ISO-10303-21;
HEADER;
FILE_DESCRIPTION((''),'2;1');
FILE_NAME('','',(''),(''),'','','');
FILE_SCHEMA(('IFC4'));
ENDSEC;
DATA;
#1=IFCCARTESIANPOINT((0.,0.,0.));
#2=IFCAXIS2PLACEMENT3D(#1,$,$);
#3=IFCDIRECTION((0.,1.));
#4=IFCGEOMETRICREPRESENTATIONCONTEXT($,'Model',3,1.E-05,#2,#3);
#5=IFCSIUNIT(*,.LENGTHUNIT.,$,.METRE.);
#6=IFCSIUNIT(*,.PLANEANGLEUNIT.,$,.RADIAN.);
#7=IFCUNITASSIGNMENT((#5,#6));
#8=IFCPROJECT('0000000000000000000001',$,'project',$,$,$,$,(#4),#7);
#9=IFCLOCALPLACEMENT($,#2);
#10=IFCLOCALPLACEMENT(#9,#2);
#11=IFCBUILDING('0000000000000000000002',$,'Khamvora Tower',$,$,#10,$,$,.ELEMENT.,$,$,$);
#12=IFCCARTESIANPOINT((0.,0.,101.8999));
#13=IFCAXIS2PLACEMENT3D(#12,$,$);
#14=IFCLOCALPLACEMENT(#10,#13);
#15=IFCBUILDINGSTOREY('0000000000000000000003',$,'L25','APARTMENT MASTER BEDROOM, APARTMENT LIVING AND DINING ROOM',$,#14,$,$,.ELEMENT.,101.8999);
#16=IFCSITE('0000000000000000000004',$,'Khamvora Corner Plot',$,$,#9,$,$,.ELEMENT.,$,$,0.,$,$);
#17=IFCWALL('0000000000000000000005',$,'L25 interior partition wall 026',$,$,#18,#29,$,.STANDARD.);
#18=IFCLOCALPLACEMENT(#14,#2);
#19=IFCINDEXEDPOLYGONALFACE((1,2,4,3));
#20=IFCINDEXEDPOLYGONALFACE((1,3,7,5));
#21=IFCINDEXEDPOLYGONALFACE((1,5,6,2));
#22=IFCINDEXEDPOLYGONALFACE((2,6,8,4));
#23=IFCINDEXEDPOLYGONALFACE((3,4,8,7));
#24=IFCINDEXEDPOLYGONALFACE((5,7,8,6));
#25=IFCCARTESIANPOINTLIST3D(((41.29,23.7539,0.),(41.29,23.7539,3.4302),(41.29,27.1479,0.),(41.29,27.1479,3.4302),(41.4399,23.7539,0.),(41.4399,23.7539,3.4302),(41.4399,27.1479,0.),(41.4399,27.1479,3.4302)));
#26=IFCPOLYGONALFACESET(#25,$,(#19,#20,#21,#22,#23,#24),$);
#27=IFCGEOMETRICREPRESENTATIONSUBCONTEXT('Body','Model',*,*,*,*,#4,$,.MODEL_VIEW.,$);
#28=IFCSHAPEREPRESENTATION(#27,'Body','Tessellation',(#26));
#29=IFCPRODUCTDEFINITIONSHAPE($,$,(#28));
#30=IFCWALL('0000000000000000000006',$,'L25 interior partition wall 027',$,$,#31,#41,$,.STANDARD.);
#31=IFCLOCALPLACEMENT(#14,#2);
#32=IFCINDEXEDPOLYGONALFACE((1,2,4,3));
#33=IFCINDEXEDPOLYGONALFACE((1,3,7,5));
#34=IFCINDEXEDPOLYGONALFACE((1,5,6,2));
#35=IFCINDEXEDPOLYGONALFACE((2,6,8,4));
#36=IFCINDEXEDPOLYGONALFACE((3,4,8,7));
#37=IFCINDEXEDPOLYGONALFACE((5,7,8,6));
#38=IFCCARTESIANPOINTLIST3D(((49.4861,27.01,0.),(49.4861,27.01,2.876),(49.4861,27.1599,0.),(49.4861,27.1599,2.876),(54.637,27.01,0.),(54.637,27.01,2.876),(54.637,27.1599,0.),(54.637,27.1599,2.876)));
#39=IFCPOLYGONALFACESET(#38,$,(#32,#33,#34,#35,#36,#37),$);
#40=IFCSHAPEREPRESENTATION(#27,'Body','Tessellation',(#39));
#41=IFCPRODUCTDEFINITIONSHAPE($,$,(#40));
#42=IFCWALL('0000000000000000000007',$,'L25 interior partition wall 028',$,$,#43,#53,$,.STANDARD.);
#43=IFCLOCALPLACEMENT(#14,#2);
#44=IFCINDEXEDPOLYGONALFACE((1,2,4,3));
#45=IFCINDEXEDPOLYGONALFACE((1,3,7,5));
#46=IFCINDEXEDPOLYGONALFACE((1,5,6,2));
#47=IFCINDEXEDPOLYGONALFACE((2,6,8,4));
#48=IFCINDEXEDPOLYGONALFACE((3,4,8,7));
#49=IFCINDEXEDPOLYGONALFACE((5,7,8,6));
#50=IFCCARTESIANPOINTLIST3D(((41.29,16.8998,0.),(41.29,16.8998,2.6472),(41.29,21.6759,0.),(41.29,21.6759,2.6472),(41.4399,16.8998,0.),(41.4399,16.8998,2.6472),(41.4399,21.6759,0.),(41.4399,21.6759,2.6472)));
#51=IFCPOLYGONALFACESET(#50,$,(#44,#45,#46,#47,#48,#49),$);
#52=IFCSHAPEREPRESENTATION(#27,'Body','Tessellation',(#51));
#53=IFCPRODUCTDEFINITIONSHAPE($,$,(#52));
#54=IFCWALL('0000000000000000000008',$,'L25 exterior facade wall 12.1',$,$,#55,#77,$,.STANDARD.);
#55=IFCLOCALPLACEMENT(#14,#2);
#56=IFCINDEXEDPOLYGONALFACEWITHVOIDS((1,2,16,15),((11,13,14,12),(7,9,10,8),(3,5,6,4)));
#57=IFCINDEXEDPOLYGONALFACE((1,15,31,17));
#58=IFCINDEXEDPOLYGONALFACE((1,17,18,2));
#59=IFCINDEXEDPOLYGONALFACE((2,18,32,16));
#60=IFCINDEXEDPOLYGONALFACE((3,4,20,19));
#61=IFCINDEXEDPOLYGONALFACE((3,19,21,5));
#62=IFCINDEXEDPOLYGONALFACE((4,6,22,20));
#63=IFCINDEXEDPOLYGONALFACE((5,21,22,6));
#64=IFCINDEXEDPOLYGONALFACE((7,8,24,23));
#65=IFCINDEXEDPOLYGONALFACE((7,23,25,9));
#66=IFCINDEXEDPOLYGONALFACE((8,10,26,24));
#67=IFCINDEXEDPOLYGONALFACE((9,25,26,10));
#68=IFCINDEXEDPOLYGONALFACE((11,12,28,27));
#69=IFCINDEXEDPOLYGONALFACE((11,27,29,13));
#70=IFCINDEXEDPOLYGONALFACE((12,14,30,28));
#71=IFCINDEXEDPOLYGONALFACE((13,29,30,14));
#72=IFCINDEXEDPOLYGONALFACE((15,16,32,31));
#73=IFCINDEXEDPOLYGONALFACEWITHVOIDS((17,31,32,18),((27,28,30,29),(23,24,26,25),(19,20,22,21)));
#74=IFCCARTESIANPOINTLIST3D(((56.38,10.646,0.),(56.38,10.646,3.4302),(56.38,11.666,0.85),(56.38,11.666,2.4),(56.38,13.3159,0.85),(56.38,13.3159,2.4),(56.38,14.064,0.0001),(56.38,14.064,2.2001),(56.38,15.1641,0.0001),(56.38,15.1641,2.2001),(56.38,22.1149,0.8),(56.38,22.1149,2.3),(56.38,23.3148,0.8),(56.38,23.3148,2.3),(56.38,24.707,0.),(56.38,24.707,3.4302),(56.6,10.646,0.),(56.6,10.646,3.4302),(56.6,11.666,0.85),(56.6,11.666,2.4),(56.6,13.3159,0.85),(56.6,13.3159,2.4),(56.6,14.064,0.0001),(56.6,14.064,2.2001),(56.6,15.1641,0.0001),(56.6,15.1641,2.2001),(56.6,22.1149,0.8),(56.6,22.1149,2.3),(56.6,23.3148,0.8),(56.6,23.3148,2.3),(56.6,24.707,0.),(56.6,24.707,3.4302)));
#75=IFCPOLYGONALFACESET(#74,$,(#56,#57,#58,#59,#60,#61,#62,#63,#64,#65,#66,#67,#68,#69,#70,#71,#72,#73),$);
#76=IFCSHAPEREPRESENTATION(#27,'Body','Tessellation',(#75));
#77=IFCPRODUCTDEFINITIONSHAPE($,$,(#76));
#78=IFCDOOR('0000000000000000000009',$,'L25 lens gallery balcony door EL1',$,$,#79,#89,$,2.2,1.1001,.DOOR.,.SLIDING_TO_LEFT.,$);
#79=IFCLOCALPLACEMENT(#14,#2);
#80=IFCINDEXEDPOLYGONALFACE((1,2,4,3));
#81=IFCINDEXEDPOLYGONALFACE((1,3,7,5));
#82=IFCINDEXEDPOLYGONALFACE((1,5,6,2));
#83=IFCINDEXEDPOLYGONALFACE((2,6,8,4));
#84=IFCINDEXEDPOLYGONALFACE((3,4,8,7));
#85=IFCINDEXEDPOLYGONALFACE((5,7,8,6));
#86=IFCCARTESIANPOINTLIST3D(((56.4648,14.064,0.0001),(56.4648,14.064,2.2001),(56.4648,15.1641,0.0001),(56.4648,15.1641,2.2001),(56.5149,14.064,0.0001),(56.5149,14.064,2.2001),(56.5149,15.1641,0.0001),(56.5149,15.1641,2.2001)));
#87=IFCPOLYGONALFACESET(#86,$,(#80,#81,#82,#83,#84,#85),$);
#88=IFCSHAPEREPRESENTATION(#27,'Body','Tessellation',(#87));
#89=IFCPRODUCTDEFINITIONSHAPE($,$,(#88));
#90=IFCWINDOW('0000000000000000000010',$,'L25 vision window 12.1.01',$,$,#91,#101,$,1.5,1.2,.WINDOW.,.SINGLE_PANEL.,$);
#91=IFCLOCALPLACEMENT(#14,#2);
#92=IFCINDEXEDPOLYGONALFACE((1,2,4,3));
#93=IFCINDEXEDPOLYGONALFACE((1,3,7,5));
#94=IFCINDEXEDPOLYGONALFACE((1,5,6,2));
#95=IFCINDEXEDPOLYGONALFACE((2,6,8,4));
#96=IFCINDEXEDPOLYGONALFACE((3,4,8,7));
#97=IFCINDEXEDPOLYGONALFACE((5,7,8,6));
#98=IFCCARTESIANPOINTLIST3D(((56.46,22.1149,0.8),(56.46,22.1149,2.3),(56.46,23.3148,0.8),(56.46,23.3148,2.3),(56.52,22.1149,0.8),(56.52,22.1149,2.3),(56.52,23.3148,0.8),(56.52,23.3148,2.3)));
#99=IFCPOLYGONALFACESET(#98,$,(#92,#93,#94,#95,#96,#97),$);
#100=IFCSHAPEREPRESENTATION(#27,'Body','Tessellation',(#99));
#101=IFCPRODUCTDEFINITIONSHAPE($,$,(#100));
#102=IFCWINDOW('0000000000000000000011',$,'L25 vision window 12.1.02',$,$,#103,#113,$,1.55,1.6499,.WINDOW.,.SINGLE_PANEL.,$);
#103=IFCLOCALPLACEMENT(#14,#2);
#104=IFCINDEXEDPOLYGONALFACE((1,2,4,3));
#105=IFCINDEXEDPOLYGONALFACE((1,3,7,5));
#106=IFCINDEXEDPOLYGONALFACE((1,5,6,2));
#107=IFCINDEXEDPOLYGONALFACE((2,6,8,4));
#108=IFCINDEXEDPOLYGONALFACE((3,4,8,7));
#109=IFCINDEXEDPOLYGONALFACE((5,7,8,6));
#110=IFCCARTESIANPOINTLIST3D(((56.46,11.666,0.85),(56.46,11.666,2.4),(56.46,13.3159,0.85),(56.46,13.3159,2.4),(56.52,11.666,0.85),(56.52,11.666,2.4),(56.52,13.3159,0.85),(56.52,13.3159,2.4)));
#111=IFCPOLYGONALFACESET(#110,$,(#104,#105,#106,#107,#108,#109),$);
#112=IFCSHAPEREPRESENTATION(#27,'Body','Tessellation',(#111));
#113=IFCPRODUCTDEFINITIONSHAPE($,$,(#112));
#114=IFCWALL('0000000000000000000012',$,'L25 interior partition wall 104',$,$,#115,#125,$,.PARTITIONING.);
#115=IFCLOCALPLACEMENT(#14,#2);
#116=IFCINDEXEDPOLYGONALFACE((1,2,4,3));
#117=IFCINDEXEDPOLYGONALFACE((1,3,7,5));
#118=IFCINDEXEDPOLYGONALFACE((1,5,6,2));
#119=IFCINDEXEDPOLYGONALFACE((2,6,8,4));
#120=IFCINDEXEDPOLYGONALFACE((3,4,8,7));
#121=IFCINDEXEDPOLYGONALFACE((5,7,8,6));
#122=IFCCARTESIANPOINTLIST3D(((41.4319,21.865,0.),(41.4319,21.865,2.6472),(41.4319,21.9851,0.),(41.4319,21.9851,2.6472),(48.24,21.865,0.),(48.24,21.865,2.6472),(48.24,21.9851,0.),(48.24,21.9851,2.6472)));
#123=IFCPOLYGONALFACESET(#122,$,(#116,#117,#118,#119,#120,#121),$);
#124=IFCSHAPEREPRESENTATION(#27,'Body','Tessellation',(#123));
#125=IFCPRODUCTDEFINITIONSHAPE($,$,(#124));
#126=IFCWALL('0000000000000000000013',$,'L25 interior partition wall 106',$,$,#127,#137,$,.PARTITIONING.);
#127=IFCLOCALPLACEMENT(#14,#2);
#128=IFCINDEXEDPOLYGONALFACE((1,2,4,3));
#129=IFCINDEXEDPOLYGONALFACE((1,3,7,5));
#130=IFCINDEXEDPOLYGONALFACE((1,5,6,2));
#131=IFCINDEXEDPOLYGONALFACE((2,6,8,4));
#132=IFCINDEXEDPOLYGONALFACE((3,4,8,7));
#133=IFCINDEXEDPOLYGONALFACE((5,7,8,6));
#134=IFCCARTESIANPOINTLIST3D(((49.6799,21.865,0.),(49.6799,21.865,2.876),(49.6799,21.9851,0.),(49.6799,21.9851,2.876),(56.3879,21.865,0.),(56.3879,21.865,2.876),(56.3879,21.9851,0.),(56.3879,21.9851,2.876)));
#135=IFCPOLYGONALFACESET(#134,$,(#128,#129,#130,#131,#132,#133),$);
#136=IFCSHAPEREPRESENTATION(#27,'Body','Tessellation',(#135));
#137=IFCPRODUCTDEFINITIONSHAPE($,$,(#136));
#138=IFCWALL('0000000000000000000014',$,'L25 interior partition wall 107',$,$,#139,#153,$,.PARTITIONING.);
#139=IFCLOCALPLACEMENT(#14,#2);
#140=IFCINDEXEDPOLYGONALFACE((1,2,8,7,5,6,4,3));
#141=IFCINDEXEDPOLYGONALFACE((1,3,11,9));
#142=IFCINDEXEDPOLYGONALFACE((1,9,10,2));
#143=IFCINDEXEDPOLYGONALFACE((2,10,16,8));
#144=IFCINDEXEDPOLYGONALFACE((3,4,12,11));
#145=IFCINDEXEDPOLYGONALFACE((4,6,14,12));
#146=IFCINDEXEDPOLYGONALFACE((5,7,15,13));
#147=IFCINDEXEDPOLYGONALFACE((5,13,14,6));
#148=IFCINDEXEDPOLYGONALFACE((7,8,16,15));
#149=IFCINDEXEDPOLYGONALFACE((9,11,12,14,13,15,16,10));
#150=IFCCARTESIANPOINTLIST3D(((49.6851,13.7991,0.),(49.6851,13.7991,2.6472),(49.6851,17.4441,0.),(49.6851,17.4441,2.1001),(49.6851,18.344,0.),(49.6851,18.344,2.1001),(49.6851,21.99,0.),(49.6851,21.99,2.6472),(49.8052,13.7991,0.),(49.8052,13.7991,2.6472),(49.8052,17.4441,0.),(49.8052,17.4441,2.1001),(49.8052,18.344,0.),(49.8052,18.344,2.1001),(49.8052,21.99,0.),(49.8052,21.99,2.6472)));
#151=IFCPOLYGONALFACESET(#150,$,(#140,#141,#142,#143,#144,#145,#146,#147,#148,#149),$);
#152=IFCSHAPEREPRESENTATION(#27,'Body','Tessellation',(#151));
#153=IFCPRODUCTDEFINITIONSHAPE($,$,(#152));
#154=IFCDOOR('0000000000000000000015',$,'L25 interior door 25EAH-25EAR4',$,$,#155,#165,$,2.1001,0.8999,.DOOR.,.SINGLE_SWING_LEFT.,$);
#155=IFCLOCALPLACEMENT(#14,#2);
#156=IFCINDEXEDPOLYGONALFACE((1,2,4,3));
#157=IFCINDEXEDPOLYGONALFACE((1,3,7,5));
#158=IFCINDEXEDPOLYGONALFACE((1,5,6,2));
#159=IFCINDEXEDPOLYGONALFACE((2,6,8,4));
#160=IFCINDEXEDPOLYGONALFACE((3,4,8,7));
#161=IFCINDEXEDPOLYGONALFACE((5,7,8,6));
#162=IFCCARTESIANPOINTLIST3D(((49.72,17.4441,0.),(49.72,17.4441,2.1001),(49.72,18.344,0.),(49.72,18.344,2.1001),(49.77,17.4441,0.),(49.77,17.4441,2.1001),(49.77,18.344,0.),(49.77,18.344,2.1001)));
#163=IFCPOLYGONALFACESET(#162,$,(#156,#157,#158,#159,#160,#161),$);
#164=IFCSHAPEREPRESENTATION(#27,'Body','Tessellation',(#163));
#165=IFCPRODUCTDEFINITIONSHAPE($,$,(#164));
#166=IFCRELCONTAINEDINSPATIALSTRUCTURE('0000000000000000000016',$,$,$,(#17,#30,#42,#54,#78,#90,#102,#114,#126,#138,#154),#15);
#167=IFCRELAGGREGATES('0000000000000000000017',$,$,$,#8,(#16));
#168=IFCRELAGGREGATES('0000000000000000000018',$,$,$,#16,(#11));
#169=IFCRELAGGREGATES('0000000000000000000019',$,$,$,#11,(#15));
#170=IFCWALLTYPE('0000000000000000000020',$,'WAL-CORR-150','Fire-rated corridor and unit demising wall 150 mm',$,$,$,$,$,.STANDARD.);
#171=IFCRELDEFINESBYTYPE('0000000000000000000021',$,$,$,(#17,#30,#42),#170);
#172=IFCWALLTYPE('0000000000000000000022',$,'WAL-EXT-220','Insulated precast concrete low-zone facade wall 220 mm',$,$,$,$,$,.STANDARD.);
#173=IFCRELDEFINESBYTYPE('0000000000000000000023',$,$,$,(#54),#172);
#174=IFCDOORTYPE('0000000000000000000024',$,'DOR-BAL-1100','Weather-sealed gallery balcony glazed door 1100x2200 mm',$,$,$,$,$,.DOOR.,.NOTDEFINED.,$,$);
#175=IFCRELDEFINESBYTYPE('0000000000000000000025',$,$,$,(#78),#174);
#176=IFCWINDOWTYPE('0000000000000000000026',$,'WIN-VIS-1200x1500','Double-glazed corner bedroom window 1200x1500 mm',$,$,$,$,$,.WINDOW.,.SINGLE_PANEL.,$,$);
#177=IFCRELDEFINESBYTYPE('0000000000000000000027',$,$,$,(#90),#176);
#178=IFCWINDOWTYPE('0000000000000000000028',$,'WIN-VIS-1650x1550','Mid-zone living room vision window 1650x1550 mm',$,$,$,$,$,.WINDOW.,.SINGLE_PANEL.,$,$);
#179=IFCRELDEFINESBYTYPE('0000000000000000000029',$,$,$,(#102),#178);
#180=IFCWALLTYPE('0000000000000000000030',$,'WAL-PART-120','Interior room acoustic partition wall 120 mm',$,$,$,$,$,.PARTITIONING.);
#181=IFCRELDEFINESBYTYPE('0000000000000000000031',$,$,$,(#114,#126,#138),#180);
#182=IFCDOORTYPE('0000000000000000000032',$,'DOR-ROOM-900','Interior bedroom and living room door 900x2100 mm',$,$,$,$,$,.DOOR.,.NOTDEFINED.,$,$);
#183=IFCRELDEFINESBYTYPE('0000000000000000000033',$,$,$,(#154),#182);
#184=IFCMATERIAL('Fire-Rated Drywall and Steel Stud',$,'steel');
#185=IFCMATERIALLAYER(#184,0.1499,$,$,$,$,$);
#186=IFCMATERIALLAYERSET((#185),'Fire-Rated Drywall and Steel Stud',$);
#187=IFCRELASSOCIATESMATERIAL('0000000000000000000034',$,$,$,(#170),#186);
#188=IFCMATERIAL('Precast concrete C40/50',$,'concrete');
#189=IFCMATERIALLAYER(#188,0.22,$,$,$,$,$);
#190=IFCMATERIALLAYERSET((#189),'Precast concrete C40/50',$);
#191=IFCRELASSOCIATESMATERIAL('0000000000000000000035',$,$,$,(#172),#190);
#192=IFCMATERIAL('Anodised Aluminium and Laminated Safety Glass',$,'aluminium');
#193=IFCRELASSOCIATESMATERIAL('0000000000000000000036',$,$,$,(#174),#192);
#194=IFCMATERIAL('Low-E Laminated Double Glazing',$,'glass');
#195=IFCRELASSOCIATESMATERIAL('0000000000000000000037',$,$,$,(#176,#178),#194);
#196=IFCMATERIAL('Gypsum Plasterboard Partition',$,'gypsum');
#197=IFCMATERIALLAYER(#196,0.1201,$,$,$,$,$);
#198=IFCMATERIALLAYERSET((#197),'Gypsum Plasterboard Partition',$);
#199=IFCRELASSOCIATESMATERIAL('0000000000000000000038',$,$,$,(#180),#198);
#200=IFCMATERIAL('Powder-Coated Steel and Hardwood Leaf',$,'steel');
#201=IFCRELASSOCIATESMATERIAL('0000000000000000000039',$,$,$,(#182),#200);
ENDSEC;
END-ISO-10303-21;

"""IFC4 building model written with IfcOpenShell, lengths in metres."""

from ifc_helpers import new_model, si_unit, direction, frame, frame_2d, origin, place, context, subcontext, project, spatial, rectangle, extrude, material, layer, layer_set, type_object, element, fill, save


model = new_model("IFC4")

# Units and contexts
model_context = context("Model", 3, precision=1e-05, world=origin(), true_north=direction((0.0, 1.0)))
body_context = subcontext(model_context, "Body", "Model", "MODEL_VIEW")
ifc_project = project(units=[si_unit("LENGTHUNIT", "METRE"), si_unit("PLANEANGLEUNIT", "RADIAN")], contexts=[model_context])

# Site, building, storey
site_placement = place(None, origin())
site = spatial("IfcSite", under=ifc_project, at=site_placement, Name="Khamvora Corner Plot", CompositionType="ELEMENT", RefElevation=0.0)
building_placement = place(site_placement, origin())
building = spatial("IfcBuilding", under=site, at=building_placement, Name="Khamvora Tower", CompositionType="ELEMENT")
storey_placement = place(building_placement, frame((0.0, 0.0, 101.8999)))
storey = spatial("IfcBuildingStorey", under=building, at=storey_placement, Name="L25", Description="APARTMENT MASTER BEDROOM, APARTMENT LIVING AND DINING ROOM", CompositionType="ELEMENT", Elevation=101.8999)

# Shared definitions
ifc_material_1 = material(Name="Fire-Rated Drywall and Steel Stud", Category="steel")
ifc_layer_1 = layer(ifc_material_1, 0.1499)
ifc_layer_set_1 = layer_set([ifc_layer_1], Name="Fire-Rated Drywall and Steel Stud")
wall_type_1 = type_object("IfcWallType", Name="WAL-CORR-150", Description="Fire-rated corridor and unit demising wall 150 mm", PredefinedType="STANDARD", material=ifc_layer_set_1)
ifc_material_2 = material(Name="Powder-Coated Steel and Hardwood Leaf", Category="steel")

# Walls
wall_1_placement = place(storey_placement, frame((41.365, 27.1479, 0.0), z_axis=(0.0, 0.0, 1.0), x_axis=(0.0, -1.0, 0.0)))
element("IfcWall", 1, at=wall_1_placement, inside=storey, type_object=wall_type_1, Name="L25 interior partition wall 026", PredefinedType="STANDARD", context=body_context, shape_type="SweptSolid", body=[
    extrude(rectangle(XDim=3.394, YDim=0.1499, at=frame_2d((1.697, 0.0))), origin(), (0.0, 0.0, 1.0), 3.4302),
])
wall_2_placement = place(storey_placement, frame((54.637, 27.085, 0.0), z_axis=(0.0, 0.0, 1.0), x_axis=(-1.0, 0.0, 0.0)))
element("IfcWall", 2, at=wall_2_placement, inside=storey, type_object=wall_type_1, Name="L25 interior partition wall 027", PredefinedType="STANDARD", context=body_context, shape_type="SweptSolid", body=[
    extrude(rectangle(XDim=5.1509, YDim=0.1499, at=frame_2d((2.5754, 0.0))), origin(), (0.0, 0.0, 1.0), 2.876),
])
wall_3_placement = place(storey_placement, frame((41.365, 21.676, 0.0), z_axis=(0.0, 0.0, 1.0), x_axis=(0.0, -1.0, 0.0)))
element("IfcWall", 3, at=wall_3_placement, inside=storey, type_object=wall_type_1, Name="L25 interior partition wall 028", PredefinedType="STANDARD", context=body_context, shape_type="SweptSolid", body=[
    extrude(rectangle(XDim=4.7761, YDim=0.1499, at=frame_2d((2.3882, 0.0))), origin(), (0.0, 0.0, 1.0), 2.6472),
])

# Wall, openings, door, windows
ifc_material_3 = material(Name="Precast concrete C40/50", Category="concrete")
ifc_layer_2 = layer(ifc_material_3, 0.22)
ifc_layer_set_2 = layer_set([ifc_layer_2], Name="Precast concrete C40/50")
wall_type_2 = type_object("IfcWallType", Name="WAL-EXT-220", Description="Insulated precast concrete low-zone facade wall 220 mm", PredefinedType="STANDARD", material=ifc_layer_set_2)
wall_4_placement = place(storey_placement, frame((56.49, 24.707, 0.0), z_axis=(0.0, 0.0, 1.0), x_axis=(0.0, -1.0, 0.0)))
wall_4 = element("IfcWall", 4, at=wall_4_placement, inside=storey, type_object=wall_type_2, Name="L25 exterior facade wall 12.1", PredefinedType="STANDARD", context=body_context, shape_type="SweptSolid", body=[
    extrude(rectangle(XDim=14.061, YDim=0.22, at=frame_2d((7.0305, 0.0))), origin(), (0.0, 0.0, 1.0), 3.4302),
])
opening_1_placement = place(wall_4_placement, frame((9.543, 0.0, 0.0)))
opening_1 = element("IfcOpeningElement", 5, at=opening_1_placement, cuts=wall_4, PredefinedType="OPENING", context=body_context, shape_type="SweptSolid", body=[
    extrude(rectangle(XDim=1.1001, YDim=2.2, at=frame_2d((0.55, 1.1001))), frame((0.0, 0.1199, 0.0), z_axis=(0.0, -1.0, 0.0), x_axis=(1.0, 0.0, 0.0)), (0.0, 0.0, 1.0), 0.24),
])
opening_2_placement = place(wall_4_placement, frame((1.3921, 0.0, 0.8)))
opening_2 = element("IfcOpeningElement", 6, at=opening_2_placement, cuts=wall_4, PredefinedType="OPENING", context=body_context, shape_type="SweptSolid", body=[
    extrude(rectangle(XDim=1.2, YDim=1.5, at=frame_2d((0.6001, 0.75))), frame((0.0, 0.1199, 0.0), z_axis=(0.0, -1.0, 0.0), x_axis=(1.0, 0.0, 0.0)), (0.0, 0.0, 1.0), 0.24),
])
opening_3_placement = place(wall_4_placement, frame((11.3911, 0.0, 0.8501)))
opening_3 = element("IfcOpeningElement", 7, at=opening_3_placement, cuts=wall_4, PredefinedType="OPENING", context=body_context, shape_type="SweptSolid", body=[
    extrude(rectangle(XDim=1.6499, YDim=1.55, at=frame_2d((0.825, 0.7749))), frame((0.0, 0.1199, 0.0), z_axis=(0.0, -1.0, 0.0), x_axis=(1.0, 0.0, 0.0)), (0.0, 0.0, 1.0), 0.24),
])
ifc_material_4 = material(Name="Anodised Aluminium and Laminated Safety Glass", Category="aluminium")
door_type_1 = type_object("IfcDoorType", Name="DOR-BAL-1100", Description="Weather-sealed gallery balcony glazed door 1100x2200 mm", OperationType="NOTDEFINED", PredefinedType="DOOR", material=ifc_material_4)
door_1_placement = place(opening_1_placement, origin())
door_1 = element("IfcDoor", 8, at=door_1_placement, inside=storey, type_object=door_type_1, Name="L25 lens gallery balcony door EL1", OperationType="SLIDING_TO_LEFT", OverallHeight=2.2, OverallWidth=1.1001, PredefinedType="DOOR", context=body_context, shape_type="SweptSolid", body=[
    extrude(rectangle(XDim=1.1001, YDim=2.2, at=frame_2d((0.55, 1.1001))), frame((0.0, 0.0249, 0.0), z_axis=(0.0, -1.0, 0.0), x_axis=(1.0, 0.0, 0.0)), (0.0, 0.0, 1.0), 0.05),
])
fill(opening_1, door_1)
ifc_material_5 = material(Name="Low-E Laminated Double Glazing", Category="glass")
window_type_1 = type_object("IfcWindowType", Name="WIN-VIS-1200x1500", Description="Double-glazed corner bedroom window 1200x1500 mm", PartitioningType="SINGLE_PANEL", PredefinedType="WINDOW", material=ifc_material_5)
window_1_placement = place(opening_2_placement, origin())
window_1 = element("IfcWindow", 9, at=window_1_placement, inside=storey, type_object=window_type_1, Name="L25 vision window 12.1.01", OverallHeight=1.5, OverallWidth=1.2, PartitioningType="SINGLE_PANEL", PredefinedType="WINDOW", context=body_context, shape_type="SweptSolid", body=[
    extrude(rectangle(XDim=1.2, YDim=1.5, at=frame_2d((0.6001, 0.75))), frame((0.0, 0.03, 0.0), z_axis=(0.0, -1.0, 0.0), x_axis=(1.0, 0.0, 0.0)), (0.0, 0.0, 1.0), 0.0601),
])
fill(opening_2, window_1)
window_type_2 = type_object("IfcWindowType", Name="WIN-VIS-1650x1550", Description="Mid-zone living room vision window 1650x1550 mm", PartitioningType="SINGLE_PANEL", PredefinedType="WINDOW", material=ifc_material_5)
window_2_placement = place(opening_3_placement, origin())
window_2 = element("IfcWindow", 10, at=window_2_placement, inside=storey, type_object=window_type_2, Name="L25 vision window 12.1.02", OverallHeight=1.55, OverallWidth=1.6499, PartitioningType="SINGLE_PANEL", PredefinedType="WINDOW", context=body_context, shape_type="SweptSolid", body=[
    extrude(rectangle(XDim=1.6499, YDim=1.55, at=frame_2d((0.825, 0.7749))), frame((0.0, 0.03, 0.0), z_axis=(0.0, -1.0, 0.0), x_axis=(1.0, 0.0, 0.0)), (0.0, 0.0, 1.0), 0.0601),
])
fill(opening_3, window_2)

# Walls
ifc_material_6 = material(Name="Gypsum Plasterboard Partition", Category="gypsum")
ifc_layer_3 = layer(ifc_material_6, 0.1201)
ifc_layer_set_3 = layer_set([ifc_layer_3], Name="Gypsum Plasterboard Partition")
wall_type_3 = type_object("IfcWallType", Name="WAL-PART-120", Description="Interior room acoustic partition wall 120 mm", PredefinedType="PARTITIONING", material=ifc_layer_set_3)
wall_5_placement = place(storey_placement, frame((48.24, 21.925, 0.0), z_axis=(0.0, 0.0, 1.0), x_axis=(-1.0, 0.0, 0.0)))
element("IfcWall", 11, at=wall_5_placement, inside=storey, type_object=wall_type_3, Name="L25 interior partition wall 104", PredefinedType="PARTITIONING", context=body_context, shape_type="SweptSolid", body=[
    extrude(rectangle(XDim=6.8081, YDim=0.1201, at=frame_2d((3.4041, 0.0))), origin(), (0.0, 0.0, 1.0), 2.6472),
])
wall_6_placement = place(storey_placement, frame((56.3879, 21.925, 0.0), z_axis=(0.0, 0.0, 1.0), x_axis=(-1.0, 0.0, 0.0)))
element("IfcWall", 12, at=wall_6_placement, inside=storey, type_object=wall_type_3, Name="L25 interior partition wall 106", PredefinedType="PARTITIONING", context=body_context, shape_type="SweptSolid", body=[
    extrude(rectangle(XDim=6.708, YDim=0.1201, at=frame_2d((3.354, 0.0))), origin(), (0.0, 0.0, 1.0), 2.876),
])

# Wall, opening, door
wall_7_placement = place(storey_placement, frame((49.7451, 21.99, 0.0), z_axis=(0.0, 0.0, 1.0), x_axis=(0.0, -1.0, 0.0)))
wall_7 = element("IfcWall", 13, at=wall_7_placement, inside=storey, type_object=wall_type_3, Name="L25 interior partition wall 107", PredefinedType="PARTITIONING", context=body_context, shape_type="SweptSolid", body=[
    extrude(rectangle(XDim=8.1909, YDim=0.1201, at=frame_2d((4.0955, 0.0))), origin(), (0.0, 0.0, 1.0), 2.6472),
])
opening_4_placement = place(wall_7_placement, frame((3.646, 0.0, 0.0)))
opening_4 = element("IfcOpeningElement", 14, at=opening_4_placement, cuts=wall_7, PredefinedType="OPENING", context=body_context, shape_type="SweptSolid", body=[
    extrude(rectangle(XDim=0.8999, YDim=2.1001, at=frame_2d((0.45, 1.05))), frame((0.0, 0.0701, 0.0), z_axis=(0.0, -1.0, 0.0), x_axis=(1.0, 0.0, 0.0)), (0.0, 0.0, 1.0), 0.1401),
])
door_type_2 = type_object("IfcDoorType", Name="DOR-ROOM-900", Description="Interior bedroom and living room door 900x2100 mm", OperationType="NOTDEFINED", PredefinedType="DOOR", material=ifc_material_2)
door_2_placement = place(opening_4_placement, origin())
door_2 = element("IfcDoor", 15, at=door_2_placement, inside=storey, type_object=door_type_2, Name="L25 interior door 25EAH-25EAR4", OperationType="SINGLE_SWING_LEFT", OverallHeight=2.1001, OverallWidth=0.8999, PredefinedType="DOOR", context=body_context, shape_type="SweptSolid", body=[
    extrude(rectangle(XDim=0.8999, YDim=2.1001, at=frame_2d((0.45, 1.05))), frame((0.0, 0.0249, 0.0), z_axis=(0.0, -1.0, 0.0), x_axis=(1.0, 0.0, 0.0)), (0.0, 0.0, 1.0), 0.05),
])
fill(opening_4, door_2)

save(model, "model.ifc")
